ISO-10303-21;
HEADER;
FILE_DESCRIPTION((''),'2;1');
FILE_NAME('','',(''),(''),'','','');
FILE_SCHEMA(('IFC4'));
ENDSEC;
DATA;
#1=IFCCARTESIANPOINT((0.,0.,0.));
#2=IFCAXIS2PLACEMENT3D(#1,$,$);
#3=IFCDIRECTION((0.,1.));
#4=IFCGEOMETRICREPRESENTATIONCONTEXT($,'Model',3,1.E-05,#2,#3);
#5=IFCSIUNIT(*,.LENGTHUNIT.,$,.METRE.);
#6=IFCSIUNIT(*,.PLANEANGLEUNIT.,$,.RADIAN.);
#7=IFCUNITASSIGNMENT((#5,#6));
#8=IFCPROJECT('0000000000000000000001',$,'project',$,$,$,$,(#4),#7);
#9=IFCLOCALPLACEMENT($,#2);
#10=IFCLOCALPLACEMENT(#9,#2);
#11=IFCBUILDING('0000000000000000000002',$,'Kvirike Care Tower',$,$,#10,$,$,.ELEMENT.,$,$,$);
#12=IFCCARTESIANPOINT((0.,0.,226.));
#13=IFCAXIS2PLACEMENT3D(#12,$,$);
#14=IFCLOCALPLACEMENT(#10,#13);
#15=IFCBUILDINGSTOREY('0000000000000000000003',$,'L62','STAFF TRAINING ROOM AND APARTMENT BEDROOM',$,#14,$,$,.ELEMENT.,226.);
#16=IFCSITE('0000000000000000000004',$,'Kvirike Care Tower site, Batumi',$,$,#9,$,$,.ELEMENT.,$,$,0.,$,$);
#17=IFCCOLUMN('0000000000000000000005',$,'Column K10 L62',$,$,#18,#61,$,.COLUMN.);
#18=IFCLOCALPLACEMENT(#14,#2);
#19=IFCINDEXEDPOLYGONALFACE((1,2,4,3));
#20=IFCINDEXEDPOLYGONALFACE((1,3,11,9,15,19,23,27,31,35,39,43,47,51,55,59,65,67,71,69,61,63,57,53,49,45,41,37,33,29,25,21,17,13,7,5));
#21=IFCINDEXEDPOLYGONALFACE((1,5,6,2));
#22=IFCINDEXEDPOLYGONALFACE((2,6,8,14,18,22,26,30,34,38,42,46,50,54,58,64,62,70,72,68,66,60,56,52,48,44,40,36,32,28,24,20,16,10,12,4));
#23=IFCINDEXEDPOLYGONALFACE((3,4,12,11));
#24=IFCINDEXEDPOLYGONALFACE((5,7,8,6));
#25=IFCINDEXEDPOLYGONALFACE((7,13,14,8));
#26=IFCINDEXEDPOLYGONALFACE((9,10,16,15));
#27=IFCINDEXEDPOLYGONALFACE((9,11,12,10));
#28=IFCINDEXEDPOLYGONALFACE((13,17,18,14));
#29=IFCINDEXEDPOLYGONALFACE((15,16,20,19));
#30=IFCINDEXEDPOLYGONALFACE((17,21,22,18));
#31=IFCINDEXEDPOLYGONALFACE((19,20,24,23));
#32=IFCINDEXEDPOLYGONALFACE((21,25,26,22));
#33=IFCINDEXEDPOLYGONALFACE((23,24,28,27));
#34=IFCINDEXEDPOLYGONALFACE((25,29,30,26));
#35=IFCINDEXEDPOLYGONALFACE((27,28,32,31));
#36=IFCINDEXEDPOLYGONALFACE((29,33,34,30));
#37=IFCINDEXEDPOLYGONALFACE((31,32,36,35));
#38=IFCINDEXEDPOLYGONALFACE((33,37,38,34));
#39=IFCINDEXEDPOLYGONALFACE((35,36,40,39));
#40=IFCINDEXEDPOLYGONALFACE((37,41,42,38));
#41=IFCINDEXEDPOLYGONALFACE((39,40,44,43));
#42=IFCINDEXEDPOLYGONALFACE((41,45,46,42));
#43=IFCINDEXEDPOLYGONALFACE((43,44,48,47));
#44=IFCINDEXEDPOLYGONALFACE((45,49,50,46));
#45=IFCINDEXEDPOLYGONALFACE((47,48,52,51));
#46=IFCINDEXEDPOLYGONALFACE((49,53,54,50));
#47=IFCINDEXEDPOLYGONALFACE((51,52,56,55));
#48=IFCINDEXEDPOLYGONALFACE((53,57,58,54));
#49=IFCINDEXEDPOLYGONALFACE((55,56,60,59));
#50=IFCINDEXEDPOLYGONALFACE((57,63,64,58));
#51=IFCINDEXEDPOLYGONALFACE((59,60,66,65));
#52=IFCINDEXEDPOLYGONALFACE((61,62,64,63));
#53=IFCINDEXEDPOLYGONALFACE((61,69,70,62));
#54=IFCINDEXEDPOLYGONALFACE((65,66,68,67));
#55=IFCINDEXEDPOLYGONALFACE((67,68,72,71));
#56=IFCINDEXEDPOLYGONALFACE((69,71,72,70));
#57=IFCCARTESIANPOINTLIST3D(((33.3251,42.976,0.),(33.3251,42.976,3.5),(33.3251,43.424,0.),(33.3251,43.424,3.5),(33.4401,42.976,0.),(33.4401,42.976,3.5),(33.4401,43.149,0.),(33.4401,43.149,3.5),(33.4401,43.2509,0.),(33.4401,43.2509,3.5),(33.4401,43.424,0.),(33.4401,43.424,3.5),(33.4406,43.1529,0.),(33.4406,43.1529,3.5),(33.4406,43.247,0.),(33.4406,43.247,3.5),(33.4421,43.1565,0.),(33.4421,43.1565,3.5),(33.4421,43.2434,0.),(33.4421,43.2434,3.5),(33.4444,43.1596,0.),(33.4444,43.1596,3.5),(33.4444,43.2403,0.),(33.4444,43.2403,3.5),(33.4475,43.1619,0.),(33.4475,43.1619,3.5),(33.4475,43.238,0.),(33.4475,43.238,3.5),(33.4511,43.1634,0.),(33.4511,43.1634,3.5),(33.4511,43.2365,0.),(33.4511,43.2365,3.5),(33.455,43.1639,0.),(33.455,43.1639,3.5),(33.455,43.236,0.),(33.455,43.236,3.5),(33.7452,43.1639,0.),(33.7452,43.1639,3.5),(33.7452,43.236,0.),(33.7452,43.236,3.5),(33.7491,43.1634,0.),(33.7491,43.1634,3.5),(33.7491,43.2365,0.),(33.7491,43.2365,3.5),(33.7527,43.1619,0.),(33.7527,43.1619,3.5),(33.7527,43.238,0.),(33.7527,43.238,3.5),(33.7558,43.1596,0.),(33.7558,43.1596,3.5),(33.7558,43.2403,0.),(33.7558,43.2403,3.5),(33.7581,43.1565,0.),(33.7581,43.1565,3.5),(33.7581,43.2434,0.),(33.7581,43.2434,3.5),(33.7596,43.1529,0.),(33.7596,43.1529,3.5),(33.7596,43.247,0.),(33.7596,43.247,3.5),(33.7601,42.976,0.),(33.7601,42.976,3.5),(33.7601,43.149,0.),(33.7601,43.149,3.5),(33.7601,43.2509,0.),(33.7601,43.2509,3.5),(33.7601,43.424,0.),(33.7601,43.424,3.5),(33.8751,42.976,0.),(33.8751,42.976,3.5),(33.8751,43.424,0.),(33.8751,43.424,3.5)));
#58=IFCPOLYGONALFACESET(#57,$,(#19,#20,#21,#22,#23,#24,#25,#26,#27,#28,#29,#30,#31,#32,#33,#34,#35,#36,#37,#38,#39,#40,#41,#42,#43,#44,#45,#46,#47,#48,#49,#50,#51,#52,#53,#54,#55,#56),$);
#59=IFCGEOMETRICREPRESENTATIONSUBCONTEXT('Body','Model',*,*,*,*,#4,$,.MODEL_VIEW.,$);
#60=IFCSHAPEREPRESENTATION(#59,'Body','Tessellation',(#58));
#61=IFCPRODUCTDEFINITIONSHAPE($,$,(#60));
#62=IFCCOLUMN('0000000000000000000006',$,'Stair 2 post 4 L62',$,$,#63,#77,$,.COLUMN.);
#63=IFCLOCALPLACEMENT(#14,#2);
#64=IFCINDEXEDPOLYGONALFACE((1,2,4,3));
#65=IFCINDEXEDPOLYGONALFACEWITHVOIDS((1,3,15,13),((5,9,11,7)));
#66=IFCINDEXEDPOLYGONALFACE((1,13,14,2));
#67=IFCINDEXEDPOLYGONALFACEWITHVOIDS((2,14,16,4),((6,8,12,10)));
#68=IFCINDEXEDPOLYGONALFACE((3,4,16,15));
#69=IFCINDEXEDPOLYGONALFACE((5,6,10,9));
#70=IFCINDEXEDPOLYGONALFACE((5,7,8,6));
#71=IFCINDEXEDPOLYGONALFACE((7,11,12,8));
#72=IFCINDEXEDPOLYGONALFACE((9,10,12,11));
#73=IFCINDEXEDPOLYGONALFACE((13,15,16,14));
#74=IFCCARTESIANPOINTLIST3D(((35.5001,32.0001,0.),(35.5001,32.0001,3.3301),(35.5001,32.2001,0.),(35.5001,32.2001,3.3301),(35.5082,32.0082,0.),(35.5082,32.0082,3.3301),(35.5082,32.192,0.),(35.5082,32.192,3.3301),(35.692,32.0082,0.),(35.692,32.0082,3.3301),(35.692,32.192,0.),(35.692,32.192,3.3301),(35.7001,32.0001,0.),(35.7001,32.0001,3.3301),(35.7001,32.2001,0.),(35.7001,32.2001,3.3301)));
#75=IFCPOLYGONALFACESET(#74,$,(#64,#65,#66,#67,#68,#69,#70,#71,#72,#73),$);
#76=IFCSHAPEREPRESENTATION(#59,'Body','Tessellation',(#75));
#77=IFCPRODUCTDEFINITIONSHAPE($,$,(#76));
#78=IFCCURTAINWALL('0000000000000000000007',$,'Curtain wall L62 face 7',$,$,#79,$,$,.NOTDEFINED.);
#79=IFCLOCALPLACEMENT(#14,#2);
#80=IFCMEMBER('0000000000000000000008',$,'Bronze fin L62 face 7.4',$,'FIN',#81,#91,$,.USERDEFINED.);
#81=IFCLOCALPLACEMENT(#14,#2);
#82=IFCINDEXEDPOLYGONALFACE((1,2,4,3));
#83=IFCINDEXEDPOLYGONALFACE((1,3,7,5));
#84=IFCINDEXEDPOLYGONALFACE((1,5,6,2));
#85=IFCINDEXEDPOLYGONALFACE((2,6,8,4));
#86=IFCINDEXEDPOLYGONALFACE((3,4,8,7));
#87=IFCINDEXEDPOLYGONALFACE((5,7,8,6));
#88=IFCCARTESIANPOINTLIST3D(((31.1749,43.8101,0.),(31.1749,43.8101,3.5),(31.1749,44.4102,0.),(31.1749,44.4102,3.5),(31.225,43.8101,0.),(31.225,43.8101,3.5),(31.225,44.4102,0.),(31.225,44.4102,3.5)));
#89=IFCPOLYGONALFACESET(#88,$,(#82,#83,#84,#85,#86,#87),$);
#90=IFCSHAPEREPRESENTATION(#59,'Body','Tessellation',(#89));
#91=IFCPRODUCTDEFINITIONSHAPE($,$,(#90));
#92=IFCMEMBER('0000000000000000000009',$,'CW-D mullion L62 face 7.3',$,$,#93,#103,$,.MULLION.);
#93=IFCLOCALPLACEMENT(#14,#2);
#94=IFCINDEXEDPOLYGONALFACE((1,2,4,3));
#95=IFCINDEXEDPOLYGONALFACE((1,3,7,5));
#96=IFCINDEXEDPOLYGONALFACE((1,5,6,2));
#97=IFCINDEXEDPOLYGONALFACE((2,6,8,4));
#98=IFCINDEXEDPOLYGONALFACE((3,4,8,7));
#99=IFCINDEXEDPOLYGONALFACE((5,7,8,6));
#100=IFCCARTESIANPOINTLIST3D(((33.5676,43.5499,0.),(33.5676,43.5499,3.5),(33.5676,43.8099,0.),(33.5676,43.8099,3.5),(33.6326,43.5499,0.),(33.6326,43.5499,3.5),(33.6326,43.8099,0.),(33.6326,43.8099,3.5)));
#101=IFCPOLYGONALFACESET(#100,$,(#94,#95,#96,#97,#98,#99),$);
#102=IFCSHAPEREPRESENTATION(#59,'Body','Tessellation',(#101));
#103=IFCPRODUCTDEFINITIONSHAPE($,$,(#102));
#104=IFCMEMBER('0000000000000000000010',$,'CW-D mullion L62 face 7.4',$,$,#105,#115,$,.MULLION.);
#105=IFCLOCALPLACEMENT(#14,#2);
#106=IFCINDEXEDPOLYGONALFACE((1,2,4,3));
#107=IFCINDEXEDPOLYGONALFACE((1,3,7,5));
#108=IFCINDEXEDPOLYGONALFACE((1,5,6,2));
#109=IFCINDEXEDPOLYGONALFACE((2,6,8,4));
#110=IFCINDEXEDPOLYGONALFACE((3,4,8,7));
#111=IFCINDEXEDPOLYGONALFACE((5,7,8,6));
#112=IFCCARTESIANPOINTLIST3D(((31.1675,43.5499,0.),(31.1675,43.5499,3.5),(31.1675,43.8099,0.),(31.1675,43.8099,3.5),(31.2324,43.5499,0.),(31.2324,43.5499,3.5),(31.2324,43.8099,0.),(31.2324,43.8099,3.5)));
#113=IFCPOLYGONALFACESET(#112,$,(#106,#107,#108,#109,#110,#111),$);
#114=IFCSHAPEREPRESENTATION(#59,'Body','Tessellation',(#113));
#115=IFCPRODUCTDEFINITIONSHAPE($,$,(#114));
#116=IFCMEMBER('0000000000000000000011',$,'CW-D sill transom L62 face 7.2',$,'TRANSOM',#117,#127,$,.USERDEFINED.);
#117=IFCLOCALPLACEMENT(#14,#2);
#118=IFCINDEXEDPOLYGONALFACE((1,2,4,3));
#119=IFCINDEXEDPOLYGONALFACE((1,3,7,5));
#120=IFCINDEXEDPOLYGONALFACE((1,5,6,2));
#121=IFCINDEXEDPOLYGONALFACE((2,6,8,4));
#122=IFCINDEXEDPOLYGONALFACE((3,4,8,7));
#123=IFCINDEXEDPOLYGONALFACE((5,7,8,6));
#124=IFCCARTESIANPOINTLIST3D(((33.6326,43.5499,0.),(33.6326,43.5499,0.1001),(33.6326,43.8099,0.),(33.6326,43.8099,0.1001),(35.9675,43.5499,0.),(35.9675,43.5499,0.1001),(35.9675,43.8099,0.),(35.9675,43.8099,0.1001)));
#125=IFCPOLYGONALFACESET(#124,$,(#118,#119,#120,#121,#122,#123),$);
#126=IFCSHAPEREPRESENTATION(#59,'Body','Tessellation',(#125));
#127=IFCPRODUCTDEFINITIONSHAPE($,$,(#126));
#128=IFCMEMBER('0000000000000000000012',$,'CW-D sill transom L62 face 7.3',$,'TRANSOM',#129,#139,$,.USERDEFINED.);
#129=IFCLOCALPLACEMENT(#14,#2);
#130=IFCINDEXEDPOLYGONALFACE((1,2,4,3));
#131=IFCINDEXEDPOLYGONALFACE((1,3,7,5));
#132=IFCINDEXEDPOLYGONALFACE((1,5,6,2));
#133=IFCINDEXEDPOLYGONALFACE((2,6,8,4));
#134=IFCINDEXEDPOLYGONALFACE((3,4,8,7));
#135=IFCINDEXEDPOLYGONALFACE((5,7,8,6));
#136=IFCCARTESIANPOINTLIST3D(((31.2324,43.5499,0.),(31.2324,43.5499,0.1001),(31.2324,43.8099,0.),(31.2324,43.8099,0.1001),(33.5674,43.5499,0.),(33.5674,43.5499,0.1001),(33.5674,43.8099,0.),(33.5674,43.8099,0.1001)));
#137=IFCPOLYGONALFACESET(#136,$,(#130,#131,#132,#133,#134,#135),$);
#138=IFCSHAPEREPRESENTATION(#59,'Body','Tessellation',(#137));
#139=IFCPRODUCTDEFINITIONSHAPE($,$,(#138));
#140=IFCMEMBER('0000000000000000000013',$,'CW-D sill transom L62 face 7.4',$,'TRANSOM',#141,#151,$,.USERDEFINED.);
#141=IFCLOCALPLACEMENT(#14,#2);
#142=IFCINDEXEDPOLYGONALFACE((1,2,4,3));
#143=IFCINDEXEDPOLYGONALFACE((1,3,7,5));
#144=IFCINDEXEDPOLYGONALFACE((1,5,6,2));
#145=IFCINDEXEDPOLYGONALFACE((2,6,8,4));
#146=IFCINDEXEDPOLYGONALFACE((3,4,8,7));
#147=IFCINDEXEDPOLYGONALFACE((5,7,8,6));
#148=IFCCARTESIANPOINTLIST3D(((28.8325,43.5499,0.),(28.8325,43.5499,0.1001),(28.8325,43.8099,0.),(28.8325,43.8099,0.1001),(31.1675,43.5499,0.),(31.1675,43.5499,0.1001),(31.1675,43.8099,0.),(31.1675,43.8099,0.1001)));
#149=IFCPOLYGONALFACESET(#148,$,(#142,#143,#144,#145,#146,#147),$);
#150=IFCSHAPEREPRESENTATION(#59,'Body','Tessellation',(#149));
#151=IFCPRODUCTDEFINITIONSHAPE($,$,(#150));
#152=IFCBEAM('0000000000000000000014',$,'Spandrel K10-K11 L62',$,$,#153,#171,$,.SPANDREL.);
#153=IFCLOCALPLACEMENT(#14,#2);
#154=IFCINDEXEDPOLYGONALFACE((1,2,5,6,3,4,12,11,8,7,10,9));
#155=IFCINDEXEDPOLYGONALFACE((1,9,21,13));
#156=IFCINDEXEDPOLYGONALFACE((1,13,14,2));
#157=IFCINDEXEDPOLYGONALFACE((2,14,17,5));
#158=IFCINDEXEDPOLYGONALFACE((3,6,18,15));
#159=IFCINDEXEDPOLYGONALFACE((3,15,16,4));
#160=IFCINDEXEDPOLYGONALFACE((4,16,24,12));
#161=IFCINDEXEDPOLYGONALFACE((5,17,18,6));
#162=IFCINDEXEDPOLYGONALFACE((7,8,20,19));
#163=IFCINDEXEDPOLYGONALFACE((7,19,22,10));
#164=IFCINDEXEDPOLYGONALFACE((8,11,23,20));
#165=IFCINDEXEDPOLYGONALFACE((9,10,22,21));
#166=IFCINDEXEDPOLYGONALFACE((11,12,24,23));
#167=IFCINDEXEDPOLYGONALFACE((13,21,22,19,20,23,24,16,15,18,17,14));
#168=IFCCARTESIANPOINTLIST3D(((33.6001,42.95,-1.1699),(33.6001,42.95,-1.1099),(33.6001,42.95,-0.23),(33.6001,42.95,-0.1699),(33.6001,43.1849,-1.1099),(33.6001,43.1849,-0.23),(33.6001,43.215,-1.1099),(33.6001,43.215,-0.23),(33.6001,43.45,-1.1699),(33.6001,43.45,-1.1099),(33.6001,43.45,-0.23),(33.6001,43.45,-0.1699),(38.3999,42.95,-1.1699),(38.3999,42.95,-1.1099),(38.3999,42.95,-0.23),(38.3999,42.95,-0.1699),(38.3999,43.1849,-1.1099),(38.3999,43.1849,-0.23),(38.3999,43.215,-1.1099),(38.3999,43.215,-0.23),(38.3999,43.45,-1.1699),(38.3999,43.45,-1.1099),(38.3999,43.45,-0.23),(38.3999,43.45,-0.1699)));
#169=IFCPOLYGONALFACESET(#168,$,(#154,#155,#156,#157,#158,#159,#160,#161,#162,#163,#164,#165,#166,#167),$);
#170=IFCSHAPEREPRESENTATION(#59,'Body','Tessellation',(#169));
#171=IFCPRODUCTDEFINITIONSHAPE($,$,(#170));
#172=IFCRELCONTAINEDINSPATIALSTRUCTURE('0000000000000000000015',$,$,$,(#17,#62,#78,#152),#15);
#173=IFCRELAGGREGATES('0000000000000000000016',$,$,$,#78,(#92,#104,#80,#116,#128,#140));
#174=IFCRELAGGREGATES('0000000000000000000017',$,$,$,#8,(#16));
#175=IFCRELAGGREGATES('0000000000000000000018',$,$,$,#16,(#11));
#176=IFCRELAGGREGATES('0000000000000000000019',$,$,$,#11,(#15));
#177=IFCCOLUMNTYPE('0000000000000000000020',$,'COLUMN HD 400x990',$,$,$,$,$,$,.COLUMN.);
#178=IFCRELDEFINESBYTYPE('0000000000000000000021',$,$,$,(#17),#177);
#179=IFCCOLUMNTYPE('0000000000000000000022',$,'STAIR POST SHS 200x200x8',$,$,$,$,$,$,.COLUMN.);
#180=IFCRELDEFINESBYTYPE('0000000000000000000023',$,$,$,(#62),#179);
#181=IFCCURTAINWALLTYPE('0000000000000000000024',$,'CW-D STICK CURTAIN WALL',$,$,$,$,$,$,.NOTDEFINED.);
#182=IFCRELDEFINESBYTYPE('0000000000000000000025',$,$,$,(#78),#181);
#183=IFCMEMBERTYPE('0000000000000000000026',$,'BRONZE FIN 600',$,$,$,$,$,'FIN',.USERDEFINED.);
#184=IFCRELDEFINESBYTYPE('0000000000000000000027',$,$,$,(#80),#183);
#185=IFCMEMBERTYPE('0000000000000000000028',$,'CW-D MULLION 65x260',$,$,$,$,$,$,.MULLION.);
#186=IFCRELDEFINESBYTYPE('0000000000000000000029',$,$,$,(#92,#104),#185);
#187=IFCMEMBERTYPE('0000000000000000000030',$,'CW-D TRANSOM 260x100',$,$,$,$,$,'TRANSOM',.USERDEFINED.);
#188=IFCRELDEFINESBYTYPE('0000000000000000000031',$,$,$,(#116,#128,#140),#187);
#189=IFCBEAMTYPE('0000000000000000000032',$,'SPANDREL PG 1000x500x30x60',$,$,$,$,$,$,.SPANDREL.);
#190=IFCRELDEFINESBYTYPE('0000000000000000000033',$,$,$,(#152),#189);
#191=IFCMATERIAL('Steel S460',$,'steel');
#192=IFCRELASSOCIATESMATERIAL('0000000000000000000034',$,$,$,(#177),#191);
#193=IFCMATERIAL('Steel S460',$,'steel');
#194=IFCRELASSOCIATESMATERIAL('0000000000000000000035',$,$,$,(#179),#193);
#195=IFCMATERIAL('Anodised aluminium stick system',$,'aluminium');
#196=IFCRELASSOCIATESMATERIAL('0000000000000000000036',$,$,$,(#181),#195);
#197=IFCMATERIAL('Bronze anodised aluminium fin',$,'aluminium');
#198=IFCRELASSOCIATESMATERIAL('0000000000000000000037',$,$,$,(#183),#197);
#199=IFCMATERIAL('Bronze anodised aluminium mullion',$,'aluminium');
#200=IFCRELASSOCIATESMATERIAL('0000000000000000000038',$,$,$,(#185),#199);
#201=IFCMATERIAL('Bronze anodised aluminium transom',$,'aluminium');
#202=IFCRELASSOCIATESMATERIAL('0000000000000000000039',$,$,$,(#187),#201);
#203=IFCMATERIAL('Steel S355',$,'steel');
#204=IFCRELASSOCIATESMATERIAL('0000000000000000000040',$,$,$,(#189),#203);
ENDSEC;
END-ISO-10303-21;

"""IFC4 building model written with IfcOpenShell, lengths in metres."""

from ifc_helpers import new_model, si_unit, direction, frame, origin, origin_2d, place, context, subcontext, project, spatial, rectangle, hollow_rectangle, i_section, extrude, material, material_profile, profile_set, type_object, element, aggregate, save


model = new_model("IFC4")

# Units and contexts
model_context = context("Model", 3, precision=1e-05, world=origin(), true_north=direction((0.0, 1.0)))
body_context = subcontext(model_context, "Body", "Model", "MODEL_VIEW")
ifc_project = project(units=[si_unit("LENGTHUNIT", "METRE"), si_unit("PLANEANGLEUNIT", "RADIAN")], contexts=[model_context])

# Site, building, storey
site_placement = place(None, origin())
site = spatial("IfcSite", under=ifc_project, at=site_placement, Name="Kvirike Care Tower site, Batumi", CompositionType="ELEMENT", RefElevation=0.0)
building_placement = place(site_placement, origin())
building = spatial("IfcBuilding", under=site, at=building_placement, Name="Kvirike Care Tower", CompositionType="ELEMENT")
storey_placement = place(building_placement, frame((0.0, 0.0, 226.0)))
storey = spatial("IfcBuildingStorey", under=building, at=storey_placement, Name="L62", Description="STAFF TRAINING ROOM AND APARTMENT BEDROOM", CompositionType="ELEMENT", Elevation=226.0)

# Columns
ifc_material_1 = material(Name="Steel S460", Category="steel")
ifc_material_profile_1 = material_profile(ifc_material_1, i_section(OverallWidth=0.448, OverallDepth=0.55, WebThickness=0.072, FlangeThickness=0.115, FilletRadius=0.0149, at=origin_2d()), Name="HD 400x990")
ifc_profile_set_1 = profile_set([ifc_material_profile_1], Name="Steel S460")
column_type_1 = type_object("IfcColumnType", Name="COLUMN HD 400x990", PredefinedType="COLUMN", material=ifc_profile_set_1)
column_1_placement = place(storey_placement, frame((33.6001, 43.2, 0.0), z_axis=(0.0, 0.0, 1.0), x_axis=(0.0, 1.0, 0.0)))
element("IfcColumn", 1, at=column_1_placement, inside=storey, type_object=column_type_1, Name="Column K10 L62", PredefinedType="COLUMN", context=body_context, shape_type="SweptSolid", body=[
    extrude(i_section(OverallWidth=0.448, OverallDepth=0.55, WebThickness=0.072, FlangeThickness=0.115, FilletRadius=0.0149, at=origin_2d()), origin(), (0.0, 0.0, 1.0), 3.5),
])
ifc_material_2 = material(Name="Steel S460", Category="steel")
ifc_material_profile_2 = material_profile(ifc_material_2, hollow_rectangle(XDim=0.2, YDim=0.2, WallThickness=0.0081, at=origin_2d()), Name="SHS 200x200x8")
ifc_profile_set_2 = profile_set([ifc_material_profile_2], Name="Steel S460")
column_type_2 = type_object("IfcColumnType", Name="STAIR POST SHS 200x200x8", PredefinedType="COLUMN", material=ifc_profile_set_2)
column_2_placement = place(storey_placement, frame((35.6001, 32.1001, 0.0), z_axis=(0.0, 0.0, 1.0), x_axis=(1.0, 0.0, 0.0)))
element("IfcColumn", 2, at=column_2_placement, inside=storey, type_object=column_type_2, Name="Stair 2 post 4 L62", PredefinedType="COLUMN", context=body_context, shape_type="SweptSolid", body=[
    extrude(hollow_rectangle(XDim=0.2, YDim=0.2, WallThickness=0.0081, at=origin_2d()), origin(), (0.0, 0.0, 1.0), 3.3301),
])

# Curtain wall, members
ifc_material_3 = material(Name="Anodised aluminium stick system", Category="aluminium")
curtain_wall_type = type_object("IfcCurtainWallType", Name="CW-D STICK CURTAIN WALL", PredefinedType="NOTDEFINED", material=ifc_material_3)
curtain_wall_placement = place(storey_placement, origin())
curtain_wall = element("IfcCurtainWall", 3, at=curtain_wall_placement, inside=storey, type_object=curtain_wall_type, Name="Curtain wall L62 face 7", PredefinedType="NOTDEFINED")
ifc_material_4 = material(Name="Bronze anodised aluminium fin", Category="aluminium")
ifc_material_profile_3 = material_profile(ifc_material_4, rectangle(XDim=0.05, YDim=0.6001, at=origin_2d()), Name="BRONZE FIN 600")
ifc_profile_set_3 = profile_set([ifc_material_profile_3], Name="Bronze anodised aluminium fin")
member_type_1 = type_object("IfcMemberType", Name="BRONZE FIN 600", ElementType="FIN", PredefinedType="USERDEFINED", material=ifc_profile_set_3)
member_1_placement = place(storey_placement, frame((31.2, 44.1101, 0.0), z_axis=(0.0, 0.0, 1.0), x_axis=(-1.0, 0.0, 0.0)))
member_1 = element("IfcMember", 4, at=member_1_placement, type_object=member_type_1, Name="Bronze fin L62 face 7.4", ObjectType="FIN", PredefinedType="USERDEFINED", context=body_context, shape_type="SweptSolid", body=[
    extrude(rectangle(XDim=0.05, YDim=0.6001, at=origin_2d()), origin(), (0.0, 0.0, 1.0), 3.5),
])
ifc_material_5 = material(Name="Bronze anodised aluminium mullion", Category="aluminium")
ifc_material_profile_4 = material_profile(ifc_material_5, rectangle(XDim=0.0649, YDim=0.26, at=origin_2d()), Name="CW-D MULLION 65x260")
ifc_profile_set_4 = profile_set([ifc_material_profile_4], Name="Bronze anodised aluminium mullion")
member_type_2 = type_object("IfcMemberType", Name="CW-D MULLION 65x260", PredefinedType="MULLION", material=ifc_profile_set_4)
member_2_placement = place(storey_placement, frame((33.6001, 43.6799, 0.0), z_axis=(0.0, 0.0, 1.0), x_axis=(-1.0, 0.0, 0.0)))
member_2 = element("IfcMember", 5, at=member_2_placement, type_object=member_type_2, Name="CW-D mullion L62 face 7.3", PredefinedType="MULLION", context=body_context, shape_type="SweptSolid", body=[
    extrude(rectangle(XDim=0.0649, YDim=0.26, at=origin_2d()), origin(), (0.0, 0.0, 1.0), 3.5),
])
member_3_placement = place(storey_placement, frame((31.2, 43.6799, 0.0), z_axis=(0.0, 0.0, 1.0), x_axis=(-1.0, 0.0, 0.0)))
member_3 = element("IfcMember", 6, at=member_3_placement, type_object=member_type_2, Name="CW-D mullion L62 face 7.4", PredefinedType="MULLION", context=body_context, shape_type="SweptSolid", body=[
    extrude(rectangle(XDim=0.0649, YDim=0.26, at=origin_2d()), origin(), (0.0, 0.0, 1.0), 3.5),
])
ifc_material_6 = material(Name="Bronze anodised aluminium transom", Category="aluminium")
ifc_material_profile_5 = material_profile(ifc_material_6, rectangle(XDim=0.26, YDim=0.1001, at=origin_2d()), Name="CW-D TRANSOM 260x100")
ifc_profile_set_5 = profile_set([ifc_material_profile_5], Name="Bronze anodised aluminium transom")
member_type_3 = type_object("IfcMemberType", Name="CW-D TRANSOM 260x100", ElementType="TRANSOM", PredefinedType="USERDEFINED", material=ifc_profile_set_5)
member_4_placement = place(storey_placement, frame((35.9675, 43.6799, 0.05), z_axis=(-1.0, 0.0, 0.0), x_axis=(0.0, -1.0, 0.0)))
member_4 = element("IfcMember", 7, at=member_4_placement, type_object=member_type_3, Name="CW-D sill transom L62 face 7.2", ObjectType="TRANSOM", PredefinedType="USERDEFINED", context=body_context, shape_type="SweptSolid", body=[
    extrude(rectangle(XDim=0.26, YDim=0.1001, at=origin_2d()), origin(), (0.0, 0.0, 1.0), 2.335),
])
member_5_placement = place(storey_placement, frame((33.5674, 43.6799, 0.05), z_axis=(-1.0, 0.0, 0.0), x_axis=(0.0, -1.0, 0.0)))
member_5 = element("IfcMember", 8, at=member_5_placement, type_object=member_type_3, Name="CW-D sill transom L62 face 7.3", ObjectType="TRANSOM", PredefinedType="USERDEFINED", context=body_context, shape_type="SweptSolid", body=[
    extrude(rectangle(XDim=0.26, YDim=0.1001, at=origin_2d()), origin(), (0.0, 0.0, 1.0), 2.335),
])
member_6_placement = place(storey_placement, frame((31.1675, 43.6799, 0.05), z_axis=(-1.0, 0.0, 0.0), x_axis=(0.0, -1.0, 0.0)))
member_6 = element("IfcMember", 9, at=member_6_placement, type_object=member_type_3, Name="CW-D sill transom L62 face 7.4", ObjectType="TRANSOM", PredefinedType="USERDEFINED", context=body_context, shape_type="SweptSolid", body=[
    extrude(rectangle(XDim=0.26, YDim=0.1001, at=origin_2d()), origin(), (0.0, 0.0, 1.0), 2.335),
])

# Beam
ifc_material_7 = material(Name="Steel S355", Category="steel")
ifc_material_profile_6 = material_profile(ifc_material_7, i_section(OverallWidth=0.5, OverallDepth=1.0, WebThickness=0.03, FlangeThickness=0.0601, at=origin_2d()), Name="PG 1000x500x30x60")
ifc_profile_set_6 = profile_set([ifc_material_profile_6], Name="Steel S355")
beam_type_1 = type_object("IfcBeamType", Name="SPANDREL PG 1000x500x30x60", PredefinedType="SPANDREL", material=ifc_profile_set_6)
beam_1_placement = place(storey_placement, frame((33.6001, 43.2, -0.6699), z_axis=(1.0, 0.0, 0.0), x_axis=(0.0, 1.0, 0.0)))
element("IfcBeam", 10, at=beam_1_placement, inside=storey, type_object=beam_type_1, Name="Spandrel K10-K11 L62", PredefinedType="SPANDREL", context=body_context, shape_type="SweptSolid", body=[
    extrude(i_section(OverallWidth=0.5, OverallDepth=1.0, WebThickness=0.03, FlangeThickness=0.0601, at=origin_2d()), origin(), (0.0, 0.0, 1.0), 4.7998),
])

aggregate(curtain_wall, [member_2, member_3, member_1, member_4, member_5, member_6])

save(model, "model.ifc")
